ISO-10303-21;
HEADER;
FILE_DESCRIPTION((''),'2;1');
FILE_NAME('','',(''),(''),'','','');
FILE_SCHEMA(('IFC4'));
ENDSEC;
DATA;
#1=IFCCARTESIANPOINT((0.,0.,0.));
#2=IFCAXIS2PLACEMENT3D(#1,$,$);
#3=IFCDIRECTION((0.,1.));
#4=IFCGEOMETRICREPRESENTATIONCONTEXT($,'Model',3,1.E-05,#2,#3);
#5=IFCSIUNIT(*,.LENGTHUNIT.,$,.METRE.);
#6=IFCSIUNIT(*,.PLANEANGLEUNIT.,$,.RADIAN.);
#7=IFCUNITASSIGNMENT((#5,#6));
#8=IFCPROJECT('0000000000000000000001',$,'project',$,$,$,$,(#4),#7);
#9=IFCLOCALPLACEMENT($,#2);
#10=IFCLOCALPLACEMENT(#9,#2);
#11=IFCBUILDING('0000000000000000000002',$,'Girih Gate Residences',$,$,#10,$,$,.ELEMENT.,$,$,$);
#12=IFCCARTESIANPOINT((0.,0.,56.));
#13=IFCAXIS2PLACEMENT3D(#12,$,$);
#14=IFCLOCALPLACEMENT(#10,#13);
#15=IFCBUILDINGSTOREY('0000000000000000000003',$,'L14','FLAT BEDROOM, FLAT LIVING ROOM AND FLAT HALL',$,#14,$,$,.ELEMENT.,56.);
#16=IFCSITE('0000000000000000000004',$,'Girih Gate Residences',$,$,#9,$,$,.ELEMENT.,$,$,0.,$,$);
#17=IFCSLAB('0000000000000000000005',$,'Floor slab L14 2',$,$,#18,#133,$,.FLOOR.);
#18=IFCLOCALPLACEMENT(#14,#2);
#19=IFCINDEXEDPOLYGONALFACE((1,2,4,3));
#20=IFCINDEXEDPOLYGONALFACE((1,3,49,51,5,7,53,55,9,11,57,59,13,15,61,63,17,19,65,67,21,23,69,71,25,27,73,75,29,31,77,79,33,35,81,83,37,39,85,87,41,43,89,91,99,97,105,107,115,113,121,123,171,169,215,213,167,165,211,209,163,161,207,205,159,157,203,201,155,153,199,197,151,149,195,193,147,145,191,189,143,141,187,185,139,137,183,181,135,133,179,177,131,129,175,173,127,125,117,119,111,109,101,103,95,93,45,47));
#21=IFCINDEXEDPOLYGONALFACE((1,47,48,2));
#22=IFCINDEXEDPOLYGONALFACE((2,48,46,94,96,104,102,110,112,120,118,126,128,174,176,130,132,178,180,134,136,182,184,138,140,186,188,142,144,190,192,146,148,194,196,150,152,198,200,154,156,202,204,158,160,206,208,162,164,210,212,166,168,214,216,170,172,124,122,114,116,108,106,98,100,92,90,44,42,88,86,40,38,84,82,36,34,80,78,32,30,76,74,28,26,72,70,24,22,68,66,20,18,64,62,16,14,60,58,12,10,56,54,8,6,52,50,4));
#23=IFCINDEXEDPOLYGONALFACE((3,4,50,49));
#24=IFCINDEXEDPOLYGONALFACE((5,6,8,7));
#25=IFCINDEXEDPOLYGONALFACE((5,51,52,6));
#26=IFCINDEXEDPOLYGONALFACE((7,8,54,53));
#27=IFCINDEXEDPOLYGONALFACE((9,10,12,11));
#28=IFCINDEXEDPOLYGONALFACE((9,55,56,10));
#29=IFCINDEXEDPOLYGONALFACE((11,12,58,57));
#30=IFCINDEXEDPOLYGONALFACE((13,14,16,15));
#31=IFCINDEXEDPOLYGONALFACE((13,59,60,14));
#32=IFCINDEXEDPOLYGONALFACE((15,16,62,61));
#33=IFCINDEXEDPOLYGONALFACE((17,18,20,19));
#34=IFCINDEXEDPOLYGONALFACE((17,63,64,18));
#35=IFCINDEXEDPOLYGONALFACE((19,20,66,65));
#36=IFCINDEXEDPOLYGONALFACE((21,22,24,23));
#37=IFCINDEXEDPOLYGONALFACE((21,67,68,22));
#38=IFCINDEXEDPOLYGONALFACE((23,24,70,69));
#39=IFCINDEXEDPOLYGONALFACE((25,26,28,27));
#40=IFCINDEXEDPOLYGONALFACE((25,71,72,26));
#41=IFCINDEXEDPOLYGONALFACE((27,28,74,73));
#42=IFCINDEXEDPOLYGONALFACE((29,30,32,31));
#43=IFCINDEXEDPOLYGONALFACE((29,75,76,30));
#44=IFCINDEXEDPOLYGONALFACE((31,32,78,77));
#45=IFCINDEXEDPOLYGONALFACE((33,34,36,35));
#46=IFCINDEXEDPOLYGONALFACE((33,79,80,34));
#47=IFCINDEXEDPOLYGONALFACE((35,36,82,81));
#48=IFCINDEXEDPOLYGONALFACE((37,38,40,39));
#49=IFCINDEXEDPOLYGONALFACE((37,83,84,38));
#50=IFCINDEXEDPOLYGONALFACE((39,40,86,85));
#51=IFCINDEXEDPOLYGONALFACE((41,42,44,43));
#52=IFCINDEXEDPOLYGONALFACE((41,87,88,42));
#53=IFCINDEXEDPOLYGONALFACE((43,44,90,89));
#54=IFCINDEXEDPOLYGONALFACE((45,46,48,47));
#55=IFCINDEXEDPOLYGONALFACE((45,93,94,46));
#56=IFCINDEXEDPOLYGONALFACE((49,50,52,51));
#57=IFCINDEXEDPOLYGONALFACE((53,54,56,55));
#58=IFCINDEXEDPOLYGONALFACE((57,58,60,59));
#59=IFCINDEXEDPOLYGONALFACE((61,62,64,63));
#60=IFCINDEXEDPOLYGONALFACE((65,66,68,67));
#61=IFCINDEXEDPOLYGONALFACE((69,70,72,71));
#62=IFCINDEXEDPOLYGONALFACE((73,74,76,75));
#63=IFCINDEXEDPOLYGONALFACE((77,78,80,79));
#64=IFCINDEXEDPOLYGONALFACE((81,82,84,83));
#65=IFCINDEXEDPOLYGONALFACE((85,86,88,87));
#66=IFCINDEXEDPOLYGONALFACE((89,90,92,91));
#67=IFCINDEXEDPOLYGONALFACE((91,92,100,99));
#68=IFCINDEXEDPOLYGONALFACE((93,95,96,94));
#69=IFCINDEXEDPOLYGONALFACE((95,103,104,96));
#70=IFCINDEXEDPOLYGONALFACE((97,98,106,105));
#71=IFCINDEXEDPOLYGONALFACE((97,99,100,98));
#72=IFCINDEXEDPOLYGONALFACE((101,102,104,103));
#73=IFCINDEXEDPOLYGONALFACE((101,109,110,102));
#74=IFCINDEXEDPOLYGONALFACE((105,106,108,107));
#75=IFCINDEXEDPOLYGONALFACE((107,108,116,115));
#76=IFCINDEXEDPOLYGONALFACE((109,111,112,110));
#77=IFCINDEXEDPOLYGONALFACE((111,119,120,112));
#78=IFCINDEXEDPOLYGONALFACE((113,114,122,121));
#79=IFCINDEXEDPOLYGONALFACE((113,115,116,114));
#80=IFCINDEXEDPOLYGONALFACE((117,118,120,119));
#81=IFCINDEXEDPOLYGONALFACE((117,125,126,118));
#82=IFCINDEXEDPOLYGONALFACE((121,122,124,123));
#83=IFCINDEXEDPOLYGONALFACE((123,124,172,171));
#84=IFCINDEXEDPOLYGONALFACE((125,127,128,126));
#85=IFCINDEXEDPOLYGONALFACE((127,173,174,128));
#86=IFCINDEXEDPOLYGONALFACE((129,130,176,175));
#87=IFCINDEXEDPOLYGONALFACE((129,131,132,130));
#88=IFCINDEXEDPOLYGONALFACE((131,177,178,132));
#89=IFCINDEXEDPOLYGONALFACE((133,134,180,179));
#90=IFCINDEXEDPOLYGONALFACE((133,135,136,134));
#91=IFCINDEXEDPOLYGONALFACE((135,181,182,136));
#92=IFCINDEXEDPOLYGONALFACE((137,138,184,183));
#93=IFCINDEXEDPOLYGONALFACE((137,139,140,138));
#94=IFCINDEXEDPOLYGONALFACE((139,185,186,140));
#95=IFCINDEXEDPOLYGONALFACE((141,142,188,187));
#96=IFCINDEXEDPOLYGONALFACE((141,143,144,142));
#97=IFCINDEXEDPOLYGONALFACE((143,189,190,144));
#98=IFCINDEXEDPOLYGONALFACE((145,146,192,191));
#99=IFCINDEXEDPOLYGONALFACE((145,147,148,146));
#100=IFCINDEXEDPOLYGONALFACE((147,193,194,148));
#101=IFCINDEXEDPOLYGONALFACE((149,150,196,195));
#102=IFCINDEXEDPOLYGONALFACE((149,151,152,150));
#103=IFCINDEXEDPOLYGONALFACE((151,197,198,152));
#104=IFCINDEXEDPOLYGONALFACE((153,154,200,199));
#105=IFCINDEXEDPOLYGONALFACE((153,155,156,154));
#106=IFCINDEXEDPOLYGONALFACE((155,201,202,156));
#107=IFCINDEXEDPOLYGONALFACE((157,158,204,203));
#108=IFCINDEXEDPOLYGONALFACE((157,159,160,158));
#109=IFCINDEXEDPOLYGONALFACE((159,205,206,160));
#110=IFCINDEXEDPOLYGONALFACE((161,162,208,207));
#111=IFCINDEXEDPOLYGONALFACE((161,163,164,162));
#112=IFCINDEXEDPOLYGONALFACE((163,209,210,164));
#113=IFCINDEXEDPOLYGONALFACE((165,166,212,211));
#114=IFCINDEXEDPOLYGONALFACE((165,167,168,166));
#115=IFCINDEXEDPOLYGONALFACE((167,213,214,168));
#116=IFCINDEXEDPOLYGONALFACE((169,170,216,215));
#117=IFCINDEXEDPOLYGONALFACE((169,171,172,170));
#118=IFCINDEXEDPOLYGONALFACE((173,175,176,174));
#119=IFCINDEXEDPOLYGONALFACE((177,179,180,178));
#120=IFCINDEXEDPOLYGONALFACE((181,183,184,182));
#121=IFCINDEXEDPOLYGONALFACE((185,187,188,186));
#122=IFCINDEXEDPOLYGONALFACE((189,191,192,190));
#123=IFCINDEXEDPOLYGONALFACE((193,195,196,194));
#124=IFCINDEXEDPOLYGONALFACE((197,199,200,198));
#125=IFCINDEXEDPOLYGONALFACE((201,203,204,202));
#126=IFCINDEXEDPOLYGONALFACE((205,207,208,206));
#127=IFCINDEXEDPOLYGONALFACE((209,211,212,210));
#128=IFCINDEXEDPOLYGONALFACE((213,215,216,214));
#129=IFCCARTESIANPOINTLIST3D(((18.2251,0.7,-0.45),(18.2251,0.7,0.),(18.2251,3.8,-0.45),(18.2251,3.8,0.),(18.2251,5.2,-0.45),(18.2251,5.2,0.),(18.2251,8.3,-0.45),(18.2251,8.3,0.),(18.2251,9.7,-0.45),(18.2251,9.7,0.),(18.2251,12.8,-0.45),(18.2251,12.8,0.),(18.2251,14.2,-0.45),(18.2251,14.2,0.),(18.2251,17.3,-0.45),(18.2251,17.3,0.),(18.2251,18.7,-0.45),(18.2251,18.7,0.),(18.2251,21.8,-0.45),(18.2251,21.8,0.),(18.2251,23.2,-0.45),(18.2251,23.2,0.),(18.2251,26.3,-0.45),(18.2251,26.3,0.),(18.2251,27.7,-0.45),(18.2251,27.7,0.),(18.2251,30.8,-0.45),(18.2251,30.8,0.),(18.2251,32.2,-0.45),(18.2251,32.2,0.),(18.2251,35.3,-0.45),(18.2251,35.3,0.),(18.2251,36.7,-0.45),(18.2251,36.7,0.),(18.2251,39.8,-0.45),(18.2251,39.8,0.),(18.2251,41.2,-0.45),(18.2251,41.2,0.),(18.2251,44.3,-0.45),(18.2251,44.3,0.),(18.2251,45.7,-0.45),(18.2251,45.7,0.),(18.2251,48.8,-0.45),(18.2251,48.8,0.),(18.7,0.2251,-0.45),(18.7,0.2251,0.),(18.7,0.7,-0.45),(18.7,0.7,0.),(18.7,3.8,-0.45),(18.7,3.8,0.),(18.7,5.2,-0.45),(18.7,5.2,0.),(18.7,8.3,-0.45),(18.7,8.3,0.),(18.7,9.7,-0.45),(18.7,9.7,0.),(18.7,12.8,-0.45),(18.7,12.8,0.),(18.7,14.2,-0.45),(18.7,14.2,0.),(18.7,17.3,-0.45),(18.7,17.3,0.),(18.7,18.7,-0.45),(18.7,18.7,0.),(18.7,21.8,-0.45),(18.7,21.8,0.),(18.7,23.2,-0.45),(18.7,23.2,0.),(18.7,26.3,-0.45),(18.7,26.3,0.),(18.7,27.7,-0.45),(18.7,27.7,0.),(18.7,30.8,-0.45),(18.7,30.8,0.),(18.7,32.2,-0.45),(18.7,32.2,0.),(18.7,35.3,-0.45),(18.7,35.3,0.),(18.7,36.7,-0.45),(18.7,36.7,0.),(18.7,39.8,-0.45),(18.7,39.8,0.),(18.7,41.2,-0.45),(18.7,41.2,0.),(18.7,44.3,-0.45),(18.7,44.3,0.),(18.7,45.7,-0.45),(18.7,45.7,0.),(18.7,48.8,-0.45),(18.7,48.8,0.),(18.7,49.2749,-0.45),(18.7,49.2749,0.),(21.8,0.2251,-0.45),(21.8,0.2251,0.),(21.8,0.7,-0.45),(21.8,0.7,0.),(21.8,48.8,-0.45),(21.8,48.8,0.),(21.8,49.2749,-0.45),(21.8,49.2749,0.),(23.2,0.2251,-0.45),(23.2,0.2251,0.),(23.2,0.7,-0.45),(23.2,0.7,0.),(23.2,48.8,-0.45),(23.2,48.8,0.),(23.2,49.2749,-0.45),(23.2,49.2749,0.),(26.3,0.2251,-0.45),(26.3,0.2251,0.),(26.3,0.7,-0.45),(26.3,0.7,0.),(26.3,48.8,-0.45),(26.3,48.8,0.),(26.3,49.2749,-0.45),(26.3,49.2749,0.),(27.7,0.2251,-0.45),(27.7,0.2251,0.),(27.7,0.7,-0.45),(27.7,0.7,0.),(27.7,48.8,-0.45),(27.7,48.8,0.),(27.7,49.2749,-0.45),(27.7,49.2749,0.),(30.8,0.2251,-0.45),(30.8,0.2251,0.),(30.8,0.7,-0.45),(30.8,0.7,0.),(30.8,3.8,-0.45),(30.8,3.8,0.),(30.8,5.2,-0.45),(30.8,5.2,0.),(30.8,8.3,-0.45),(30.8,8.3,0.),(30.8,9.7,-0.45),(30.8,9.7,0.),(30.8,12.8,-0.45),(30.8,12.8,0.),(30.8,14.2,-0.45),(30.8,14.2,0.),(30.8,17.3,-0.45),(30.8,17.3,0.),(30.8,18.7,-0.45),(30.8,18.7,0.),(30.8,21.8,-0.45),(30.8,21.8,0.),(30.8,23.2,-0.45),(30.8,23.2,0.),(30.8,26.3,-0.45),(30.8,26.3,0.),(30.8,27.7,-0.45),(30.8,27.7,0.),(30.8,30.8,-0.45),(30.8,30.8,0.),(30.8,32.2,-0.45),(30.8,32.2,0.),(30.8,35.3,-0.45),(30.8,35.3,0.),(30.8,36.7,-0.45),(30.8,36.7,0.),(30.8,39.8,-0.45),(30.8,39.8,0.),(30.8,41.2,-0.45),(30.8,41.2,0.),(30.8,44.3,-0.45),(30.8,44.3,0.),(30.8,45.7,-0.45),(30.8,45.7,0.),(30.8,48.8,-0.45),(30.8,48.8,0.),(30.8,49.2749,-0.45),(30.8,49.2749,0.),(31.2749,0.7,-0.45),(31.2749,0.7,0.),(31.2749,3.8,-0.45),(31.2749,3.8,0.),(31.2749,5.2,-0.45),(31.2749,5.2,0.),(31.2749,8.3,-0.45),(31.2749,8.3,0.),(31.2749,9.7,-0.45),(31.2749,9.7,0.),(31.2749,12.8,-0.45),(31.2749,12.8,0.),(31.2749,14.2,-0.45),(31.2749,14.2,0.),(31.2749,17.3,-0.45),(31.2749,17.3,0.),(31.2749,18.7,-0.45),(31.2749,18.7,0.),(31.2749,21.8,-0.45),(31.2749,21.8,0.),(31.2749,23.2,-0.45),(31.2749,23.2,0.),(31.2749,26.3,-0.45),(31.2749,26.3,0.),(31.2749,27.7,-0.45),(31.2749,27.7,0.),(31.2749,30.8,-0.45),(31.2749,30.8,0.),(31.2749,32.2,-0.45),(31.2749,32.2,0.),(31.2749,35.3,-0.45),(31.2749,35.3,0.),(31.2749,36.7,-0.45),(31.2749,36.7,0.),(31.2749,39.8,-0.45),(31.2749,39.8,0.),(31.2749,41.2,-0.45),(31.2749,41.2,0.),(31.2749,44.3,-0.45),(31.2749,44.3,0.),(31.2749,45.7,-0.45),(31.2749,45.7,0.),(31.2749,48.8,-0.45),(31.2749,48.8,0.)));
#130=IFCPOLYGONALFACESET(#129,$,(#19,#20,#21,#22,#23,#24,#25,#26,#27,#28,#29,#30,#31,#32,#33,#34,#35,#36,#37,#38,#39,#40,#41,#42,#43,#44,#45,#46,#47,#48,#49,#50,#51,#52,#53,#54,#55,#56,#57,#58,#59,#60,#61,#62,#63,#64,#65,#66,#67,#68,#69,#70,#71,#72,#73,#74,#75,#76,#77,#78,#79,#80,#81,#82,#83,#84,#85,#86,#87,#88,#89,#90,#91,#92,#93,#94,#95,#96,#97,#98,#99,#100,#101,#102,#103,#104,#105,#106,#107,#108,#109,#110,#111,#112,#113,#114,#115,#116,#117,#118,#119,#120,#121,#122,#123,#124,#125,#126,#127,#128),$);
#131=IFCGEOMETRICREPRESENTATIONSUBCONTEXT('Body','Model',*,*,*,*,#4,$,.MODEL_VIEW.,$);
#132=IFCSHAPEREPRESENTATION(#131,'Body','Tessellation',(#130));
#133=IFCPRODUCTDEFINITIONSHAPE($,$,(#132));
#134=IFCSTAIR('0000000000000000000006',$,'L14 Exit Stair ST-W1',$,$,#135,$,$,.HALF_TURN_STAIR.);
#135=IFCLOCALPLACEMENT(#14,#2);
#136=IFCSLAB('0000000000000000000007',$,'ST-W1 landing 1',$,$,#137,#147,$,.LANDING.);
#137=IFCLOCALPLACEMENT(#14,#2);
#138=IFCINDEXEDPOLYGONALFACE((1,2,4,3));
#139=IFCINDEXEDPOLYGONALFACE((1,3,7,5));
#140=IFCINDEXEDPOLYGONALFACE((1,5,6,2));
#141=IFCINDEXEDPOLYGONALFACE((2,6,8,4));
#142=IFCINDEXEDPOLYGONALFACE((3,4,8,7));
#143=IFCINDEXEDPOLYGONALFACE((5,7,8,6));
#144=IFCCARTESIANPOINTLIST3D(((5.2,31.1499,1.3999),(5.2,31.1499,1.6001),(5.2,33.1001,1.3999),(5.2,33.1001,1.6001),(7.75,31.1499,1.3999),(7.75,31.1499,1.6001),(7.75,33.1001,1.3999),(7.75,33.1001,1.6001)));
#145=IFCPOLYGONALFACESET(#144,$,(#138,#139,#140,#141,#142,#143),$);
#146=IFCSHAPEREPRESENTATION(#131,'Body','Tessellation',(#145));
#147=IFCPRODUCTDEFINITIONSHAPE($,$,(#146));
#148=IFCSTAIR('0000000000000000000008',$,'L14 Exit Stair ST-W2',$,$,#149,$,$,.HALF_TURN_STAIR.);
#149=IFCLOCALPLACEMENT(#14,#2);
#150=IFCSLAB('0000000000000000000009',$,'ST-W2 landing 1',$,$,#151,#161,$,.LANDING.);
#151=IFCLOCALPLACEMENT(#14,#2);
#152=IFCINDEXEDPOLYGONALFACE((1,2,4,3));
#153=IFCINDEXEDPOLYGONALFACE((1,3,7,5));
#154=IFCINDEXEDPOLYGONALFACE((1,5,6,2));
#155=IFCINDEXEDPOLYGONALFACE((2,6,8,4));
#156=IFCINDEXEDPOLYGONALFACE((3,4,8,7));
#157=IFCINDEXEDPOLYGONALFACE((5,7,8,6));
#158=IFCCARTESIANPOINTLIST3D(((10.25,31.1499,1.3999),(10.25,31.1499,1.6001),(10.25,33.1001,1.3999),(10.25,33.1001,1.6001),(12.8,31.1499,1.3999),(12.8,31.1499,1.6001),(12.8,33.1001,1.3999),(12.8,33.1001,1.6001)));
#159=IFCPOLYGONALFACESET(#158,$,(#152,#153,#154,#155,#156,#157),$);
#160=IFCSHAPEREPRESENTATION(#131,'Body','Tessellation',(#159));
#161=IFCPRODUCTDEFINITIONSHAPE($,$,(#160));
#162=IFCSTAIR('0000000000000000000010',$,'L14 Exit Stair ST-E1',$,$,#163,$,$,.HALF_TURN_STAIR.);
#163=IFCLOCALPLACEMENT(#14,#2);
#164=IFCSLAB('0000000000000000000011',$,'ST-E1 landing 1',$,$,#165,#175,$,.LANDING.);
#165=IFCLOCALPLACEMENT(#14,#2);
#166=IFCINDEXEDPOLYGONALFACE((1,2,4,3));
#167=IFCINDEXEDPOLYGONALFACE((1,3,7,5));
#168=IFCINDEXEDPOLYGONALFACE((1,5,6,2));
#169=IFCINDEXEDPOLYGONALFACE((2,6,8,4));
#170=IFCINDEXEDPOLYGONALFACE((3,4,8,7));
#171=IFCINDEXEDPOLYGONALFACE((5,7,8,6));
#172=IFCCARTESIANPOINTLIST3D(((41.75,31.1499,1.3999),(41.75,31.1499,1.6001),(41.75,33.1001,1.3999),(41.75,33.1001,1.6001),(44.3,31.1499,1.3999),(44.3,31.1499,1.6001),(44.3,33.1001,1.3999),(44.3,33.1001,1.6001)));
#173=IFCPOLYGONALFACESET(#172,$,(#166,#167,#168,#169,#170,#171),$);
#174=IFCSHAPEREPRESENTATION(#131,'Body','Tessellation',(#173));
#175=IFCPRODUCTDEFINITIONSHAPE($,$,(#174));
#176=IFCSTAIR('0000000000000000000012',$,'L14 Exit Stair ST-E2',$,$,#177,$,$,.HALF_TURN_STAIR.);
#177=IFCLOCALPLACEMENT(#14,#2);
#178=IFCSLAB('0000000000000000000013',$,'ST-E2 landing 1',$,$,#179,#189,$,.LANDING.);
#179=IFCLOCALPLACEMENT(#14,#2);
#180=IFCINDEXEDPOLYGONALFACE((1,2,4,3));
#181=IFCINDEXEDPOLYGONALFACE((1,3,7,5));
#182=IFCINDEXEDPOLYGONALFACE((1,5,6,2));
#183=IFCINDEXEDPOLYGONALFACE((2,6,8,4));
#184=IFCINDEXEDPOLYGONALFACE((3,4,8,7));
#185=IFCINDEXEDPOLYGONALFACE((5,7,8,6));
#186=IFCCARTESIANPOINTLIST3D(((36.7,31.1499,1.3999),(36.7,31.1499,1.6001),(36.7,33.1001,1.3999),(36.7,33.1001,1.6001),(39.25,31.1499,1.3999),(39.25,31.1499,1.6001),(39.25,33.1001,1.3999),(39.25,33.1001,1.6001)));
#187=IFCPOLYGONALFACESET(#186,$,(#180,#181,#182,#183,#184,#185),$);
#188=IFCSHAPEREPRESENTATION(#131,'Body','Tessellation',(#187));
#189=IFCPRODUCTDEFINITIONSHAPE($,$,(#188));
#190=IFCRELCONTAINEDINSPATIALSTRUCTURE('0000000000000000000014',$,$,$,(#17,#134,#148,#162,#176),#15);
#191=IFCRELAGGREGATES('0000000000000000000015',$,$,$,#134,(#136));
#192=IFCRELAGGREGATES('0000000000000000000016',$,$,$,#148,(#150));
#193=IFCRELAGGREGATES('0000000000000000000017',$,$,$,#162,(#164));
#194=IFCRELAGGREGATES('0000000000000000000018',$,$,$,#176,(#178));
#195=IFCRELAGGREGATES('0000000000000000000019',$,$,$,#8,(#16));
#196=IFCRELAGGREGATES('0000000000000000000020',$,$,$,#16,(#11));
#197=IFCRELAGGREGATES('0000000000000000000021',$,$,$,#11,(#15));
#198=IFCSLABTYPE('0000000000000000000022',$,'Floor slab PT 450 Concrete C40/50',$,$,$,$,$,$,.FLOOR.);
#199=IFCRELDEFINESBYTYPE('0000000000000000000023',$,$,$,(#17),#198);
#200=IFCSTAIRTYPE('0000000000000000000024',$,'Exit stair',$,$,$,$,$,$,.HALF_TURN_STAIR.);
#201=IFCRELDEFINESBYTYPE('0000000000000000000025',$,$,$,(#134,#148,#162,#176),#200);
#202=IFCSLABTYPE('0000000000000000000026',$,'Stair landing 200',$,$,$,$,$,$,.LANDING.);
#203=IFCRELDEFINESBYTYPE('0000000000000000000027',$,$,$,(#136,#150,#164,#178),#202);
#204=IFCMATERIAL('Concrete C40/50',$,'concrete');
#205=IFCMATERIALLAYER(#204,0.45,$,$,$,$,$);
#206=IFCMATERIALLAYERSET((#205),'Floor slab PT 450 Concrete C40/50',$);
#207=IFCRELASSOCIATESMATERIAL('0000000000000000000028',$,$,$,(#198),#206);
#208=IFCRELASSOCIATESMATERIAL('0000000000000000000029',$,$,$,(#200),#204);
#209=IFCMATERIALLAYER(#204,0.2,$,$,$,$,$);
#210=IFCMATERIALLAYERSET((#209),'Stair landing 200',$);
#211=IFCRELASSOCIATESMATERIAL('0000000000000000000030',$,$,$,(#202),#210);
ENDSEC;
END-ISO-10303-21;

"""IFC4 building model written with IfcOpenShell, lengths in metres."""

from ifc_helpers import new_model, si_unit, direction, frame, origin, place, context, subcontext, project, spatial, polyline, outline, extrude, material, layer, layer_set, type_object, element, aggregate, save


model = new_model("IFC4")

# Units and contexts
model_context = context("Model", 3, precision=1e-05, world=origin(), true_north=direction((0.0, 1.0)))
body_context = subcontext(model_context, "Body", "Model", "MODEL_VIEW")
ifc_project = project(units=[si_unit("LENGTHUNIT", "METRE"), si_unit("PLANEANGLEUNIT", "RADIAN")], contexts=[model_context])

# Site, building, storey
site_placement = place(None, origin())
site = spatial("IfcSite", under=ifc_project, at=site_placement, Name="Girih Gate Residences", CompositionType="ELEMENT", RefElevation=0.0)
building_placement = place(site_placement, origin())
building = spatial("IfcBuilding", under=site, at=building_placement, Name="Girih Gate Residences", CompositionType="ELEMENT")
storey_placement = place(building_placement, frame((0.0, 0.0, 56.0)))
storey = spatial("IfcBuildingStorey", under=building, at=storey_placement, Name="L14", Description="FLAT BEDROOM, FLAT LIVING ROOM AND FLAT HALL", CompositionType="ELEMENT", Elevation=56.0)

# Slab
ifc_material_1 = material(Name="Concrete C40/50", Category="concrete")
ifc_layer_1 = layer(ifc_material_1, 0.45)
ifc_layer_set_1 = layer_set([ifc_layer_1], Name="Floor slab PT 450 Concrete C40/50")
slab_type_1 = type_object("IfcSlabType", Name="Floor slab PT 450 Concrete C40/50", PredefinedType="FLOOR", material=ifc_layer_set_1)
slab_1_placement = place(storey_placement, frame((0.0, 0.0, -0.45)))
element("IfcSlab", 1, at=slab_1_placement, inside=storey, type_object=slab_type_1, Name="Floor slab L14 2", PredefinedType="FLOOR", context=body_context, shape_type="SweptSolid", body=[
    extrude(outline(polyline([(21.8, 49.2749), (18.7, 49.2749), (18.7, 48.8), (18.2251, 48.8), (18.2251, 45.7), (18.7, 45.7), (18.7, 44.3), (18.2251, 44.3), (18.2251, 41.2), (18.7, 41.2), (18.7, 39.8), (18.2251, 39.8), (18.2251, 36.7), (18.7, 36.7), (18.7, 35.3), (18.2251, 35.3), (18.2251, 32.2), (18.7, 32.2), (18.7, 30.8), (18.2251, 30.8), (18.2251, 27.7), (18.7, 27.7), (18.7, 26.3), (18.2251, 26.3), (18.2251, 23.2), (18.7, 23.2), (18.7, 21.8), (18.2251, 21.8), (18.2251, 18.7), (18.7, 18.7), (18.7, 17.3), (18.2251, 17.3), (18.2251, 14.2), (18.7, 14.2), (18.7, 12.8), (18.2251, 12.8), (18.2251, 9.7), (18.7, 9.7), (18.7, 8.3), (18.2251, 8.3), (18.2251, 5.2), (18.7, 5.2), (18.7, 3.8), (18.2251, 3.8), (18.2251, 0.7), (18.7, 0.7), (18.7, 0.2251), (21.8, 0.2251), (21.8, 0.7), (23.2, 0.7), (23.2, 0.2251), (26.3, 0.2251), (26.3, 0.7), (27.7, 0.7), (27.7, 0.2251), (30.8, 0.2251), (30.8, 0.7), (31.2749, 0.7), (31.2749, 3.8), (30.8, 3.8), (30.8, 5.2), (31.2749, 5.2), (31.2749, 8.3), (30.8, 8.3), (30.8, 9.7), (31.2749, 9.7), (31.2749, 12.8), (30.8, 12.8), (30.8, 14.2), (31.2749, 14.2), (31.2749, 17.3), (30.8, 17.3), (30.8, 18.7), (31.2749, 18.7), (31.2749, 21.8), (30.8, 21.8), (30.8, 23.2), (31.2749, 23.2), (31.2749, 26.3), (30.8, 26.3), (30.8, 27.7), (31.2749, 27.7), (31.2749, 30.8), (30.8, 30.8), (30.8, 32.2), (31.2749, 32.2), (31.2749, 35.3), (30.8, 35.3), (30.8, 36.7), (31.2749, 36.7), (31.2749, 39.8), (30.8, 39.8), (30.8, 41.2), (31.2749, 41.2), (31.2749, 44.3), (30.8, 44.3), (30.8, 45.7), (31.2749, 45.7), (31.2749, 48.8), (30.8, 48.8), (30.8, 49.2749), (27.7, 49.2749), (27.7, 48.8), (26.3, 48.8), (26.3, 49.2749), (23.2, 49.2749), (23.2, 48.8), (21.8, 48.8), (21.8, 49.2749)])), origin(), (0.0, 0.0, 1.0), 0.45),
])

# Stairs, slabs
stair_type = type_object("IfcStairType", Name="Exit stair", PredefinedType="HALF_TURN_STAIR", material=ifc_material_1)
stair_1_placement = place(storey_placement, origin())
stair_1 = element("IfcStair", 2, at=stair_1_placement, inside=storey, type_object=stair_type, Name="L14 Exit Stair ST-W1", PredefinedType="HALF_TURN_STAIR")
ifc_layer_2 = layer(ifc_material_1, 0.2)
ifc_layer_set_2 = layer_set([ifc_layer_2], Name="Stair landing 200")
slab_type_2 = type_object("IfcSlabType", Name="Stair landing 200", PredefinedType="LANDING", material=ifc_layer_set_2)
slab_2_placement = place(storey_placement, frame((0.0, 0.0, 1.3999)))
slab_2 = element("IfcSlab", 3, at=slab_2_placement, type_object=slab_type_2, Name="ST-W1 landing 1", PredefinedType="LANDING", context=body_context, shape_type="SweptSolid", body=[
    extrude(outline(polyline([(7.75, 31.1499), (7.75, 33.1001), (5.2, 33.1001), (5.2, 31.1499), (7.75, 31.1499)])), origin(), (0.0, 0.0, 1.0), 0.2002),
])
aggregate(stair_1, [slab_2])
stair_2_placement = place(storey_placement, origin())
stair_2 = element("IfcStair", 4, at=stair_2_placement, inside=storey, type_object=stair_type, Name="L14 Exit Stair ST-W2", PredefinedType="HALF_TURN_STAIR")
slab_3_placement = place(storey_placement, frame((0.0, 0.0, 1.3999)))
slab_3 = element("IfcSlab", 5, at=slab_3_placement, type_object=slab_type_2, Name="ST-W2 landing 1", PredefinedType="LANDING", context=body_context, shape_type="SweptSolid", body=[
    extrude(outline(polyline([(12.8, 31.1499), (12.8, 33.1001), (10.25, 33.1001), (10.25, 31.1499), (12.8, 31.1499)])), origin(), (0.0, 0.0, 1.0), 0.2002),
])
aggregate(stair_2, [slab_3])
stair_3_placement = place(storey_placement, origin())
stair_3 = element("IfcStair", 6, at=stair_3_placement, inside=storey, type_object=stair_type, Name="L14 Exit Stair ST-E1", PredefinedType="HALF_TURN_STAIR")
slab_4_placement = place(storey_placement, frame((0.0, 0.0, 1.3999)))
slab_4 = element("IfcSlab", 7, at=slab_4_placement, type_object=slab_type_2, Name="ST-E1 landing 1", PredefinedType="LANDING", context=body_context, shape_type="SweptSolid", body=[
    extrude(outline(polyline([(44.3, 31.1499), (44.3, 33.1001), (41.75, 33.1001), (41.75, 31.1499), (44.3, 31.1499)])), origin(), (0.0, 0.0, 1.0), 0.2002),
])
aggregate(stair_3, [slab_4])
stair_4_placement = place(storey_placement, origin())
stair_4 = element("IfcStair", 8, at=stair_4_placement, inside=storey, type_object=stair_type, Name="L14 Exit Stair ST-E2", PredefinedType="HALF_TURN_STAIR")
slab_5_placement = place(storey_placement, frame((0.0, 0.0, 1.3999)))
slab_5 = element("IfcSlab", 9, at=slab_5_placement, type_object=slab_type_2, Name="ST-E2 landing 1", PredefinedType="LANDING", context=body_context, shape_type="SweptSolid", body=[
    extrude(outline(polyline([(39.25, 31.1499), (39.25, 33.1001), (36.7, 33.1001), (36.7, 31.1499), (39.25, 31.1499)])), origin(), (0.0, 0.0, 1.0), 0.2002),
])
aggregate(stair_4, [slab_5])

save(model, "model.ifc")
